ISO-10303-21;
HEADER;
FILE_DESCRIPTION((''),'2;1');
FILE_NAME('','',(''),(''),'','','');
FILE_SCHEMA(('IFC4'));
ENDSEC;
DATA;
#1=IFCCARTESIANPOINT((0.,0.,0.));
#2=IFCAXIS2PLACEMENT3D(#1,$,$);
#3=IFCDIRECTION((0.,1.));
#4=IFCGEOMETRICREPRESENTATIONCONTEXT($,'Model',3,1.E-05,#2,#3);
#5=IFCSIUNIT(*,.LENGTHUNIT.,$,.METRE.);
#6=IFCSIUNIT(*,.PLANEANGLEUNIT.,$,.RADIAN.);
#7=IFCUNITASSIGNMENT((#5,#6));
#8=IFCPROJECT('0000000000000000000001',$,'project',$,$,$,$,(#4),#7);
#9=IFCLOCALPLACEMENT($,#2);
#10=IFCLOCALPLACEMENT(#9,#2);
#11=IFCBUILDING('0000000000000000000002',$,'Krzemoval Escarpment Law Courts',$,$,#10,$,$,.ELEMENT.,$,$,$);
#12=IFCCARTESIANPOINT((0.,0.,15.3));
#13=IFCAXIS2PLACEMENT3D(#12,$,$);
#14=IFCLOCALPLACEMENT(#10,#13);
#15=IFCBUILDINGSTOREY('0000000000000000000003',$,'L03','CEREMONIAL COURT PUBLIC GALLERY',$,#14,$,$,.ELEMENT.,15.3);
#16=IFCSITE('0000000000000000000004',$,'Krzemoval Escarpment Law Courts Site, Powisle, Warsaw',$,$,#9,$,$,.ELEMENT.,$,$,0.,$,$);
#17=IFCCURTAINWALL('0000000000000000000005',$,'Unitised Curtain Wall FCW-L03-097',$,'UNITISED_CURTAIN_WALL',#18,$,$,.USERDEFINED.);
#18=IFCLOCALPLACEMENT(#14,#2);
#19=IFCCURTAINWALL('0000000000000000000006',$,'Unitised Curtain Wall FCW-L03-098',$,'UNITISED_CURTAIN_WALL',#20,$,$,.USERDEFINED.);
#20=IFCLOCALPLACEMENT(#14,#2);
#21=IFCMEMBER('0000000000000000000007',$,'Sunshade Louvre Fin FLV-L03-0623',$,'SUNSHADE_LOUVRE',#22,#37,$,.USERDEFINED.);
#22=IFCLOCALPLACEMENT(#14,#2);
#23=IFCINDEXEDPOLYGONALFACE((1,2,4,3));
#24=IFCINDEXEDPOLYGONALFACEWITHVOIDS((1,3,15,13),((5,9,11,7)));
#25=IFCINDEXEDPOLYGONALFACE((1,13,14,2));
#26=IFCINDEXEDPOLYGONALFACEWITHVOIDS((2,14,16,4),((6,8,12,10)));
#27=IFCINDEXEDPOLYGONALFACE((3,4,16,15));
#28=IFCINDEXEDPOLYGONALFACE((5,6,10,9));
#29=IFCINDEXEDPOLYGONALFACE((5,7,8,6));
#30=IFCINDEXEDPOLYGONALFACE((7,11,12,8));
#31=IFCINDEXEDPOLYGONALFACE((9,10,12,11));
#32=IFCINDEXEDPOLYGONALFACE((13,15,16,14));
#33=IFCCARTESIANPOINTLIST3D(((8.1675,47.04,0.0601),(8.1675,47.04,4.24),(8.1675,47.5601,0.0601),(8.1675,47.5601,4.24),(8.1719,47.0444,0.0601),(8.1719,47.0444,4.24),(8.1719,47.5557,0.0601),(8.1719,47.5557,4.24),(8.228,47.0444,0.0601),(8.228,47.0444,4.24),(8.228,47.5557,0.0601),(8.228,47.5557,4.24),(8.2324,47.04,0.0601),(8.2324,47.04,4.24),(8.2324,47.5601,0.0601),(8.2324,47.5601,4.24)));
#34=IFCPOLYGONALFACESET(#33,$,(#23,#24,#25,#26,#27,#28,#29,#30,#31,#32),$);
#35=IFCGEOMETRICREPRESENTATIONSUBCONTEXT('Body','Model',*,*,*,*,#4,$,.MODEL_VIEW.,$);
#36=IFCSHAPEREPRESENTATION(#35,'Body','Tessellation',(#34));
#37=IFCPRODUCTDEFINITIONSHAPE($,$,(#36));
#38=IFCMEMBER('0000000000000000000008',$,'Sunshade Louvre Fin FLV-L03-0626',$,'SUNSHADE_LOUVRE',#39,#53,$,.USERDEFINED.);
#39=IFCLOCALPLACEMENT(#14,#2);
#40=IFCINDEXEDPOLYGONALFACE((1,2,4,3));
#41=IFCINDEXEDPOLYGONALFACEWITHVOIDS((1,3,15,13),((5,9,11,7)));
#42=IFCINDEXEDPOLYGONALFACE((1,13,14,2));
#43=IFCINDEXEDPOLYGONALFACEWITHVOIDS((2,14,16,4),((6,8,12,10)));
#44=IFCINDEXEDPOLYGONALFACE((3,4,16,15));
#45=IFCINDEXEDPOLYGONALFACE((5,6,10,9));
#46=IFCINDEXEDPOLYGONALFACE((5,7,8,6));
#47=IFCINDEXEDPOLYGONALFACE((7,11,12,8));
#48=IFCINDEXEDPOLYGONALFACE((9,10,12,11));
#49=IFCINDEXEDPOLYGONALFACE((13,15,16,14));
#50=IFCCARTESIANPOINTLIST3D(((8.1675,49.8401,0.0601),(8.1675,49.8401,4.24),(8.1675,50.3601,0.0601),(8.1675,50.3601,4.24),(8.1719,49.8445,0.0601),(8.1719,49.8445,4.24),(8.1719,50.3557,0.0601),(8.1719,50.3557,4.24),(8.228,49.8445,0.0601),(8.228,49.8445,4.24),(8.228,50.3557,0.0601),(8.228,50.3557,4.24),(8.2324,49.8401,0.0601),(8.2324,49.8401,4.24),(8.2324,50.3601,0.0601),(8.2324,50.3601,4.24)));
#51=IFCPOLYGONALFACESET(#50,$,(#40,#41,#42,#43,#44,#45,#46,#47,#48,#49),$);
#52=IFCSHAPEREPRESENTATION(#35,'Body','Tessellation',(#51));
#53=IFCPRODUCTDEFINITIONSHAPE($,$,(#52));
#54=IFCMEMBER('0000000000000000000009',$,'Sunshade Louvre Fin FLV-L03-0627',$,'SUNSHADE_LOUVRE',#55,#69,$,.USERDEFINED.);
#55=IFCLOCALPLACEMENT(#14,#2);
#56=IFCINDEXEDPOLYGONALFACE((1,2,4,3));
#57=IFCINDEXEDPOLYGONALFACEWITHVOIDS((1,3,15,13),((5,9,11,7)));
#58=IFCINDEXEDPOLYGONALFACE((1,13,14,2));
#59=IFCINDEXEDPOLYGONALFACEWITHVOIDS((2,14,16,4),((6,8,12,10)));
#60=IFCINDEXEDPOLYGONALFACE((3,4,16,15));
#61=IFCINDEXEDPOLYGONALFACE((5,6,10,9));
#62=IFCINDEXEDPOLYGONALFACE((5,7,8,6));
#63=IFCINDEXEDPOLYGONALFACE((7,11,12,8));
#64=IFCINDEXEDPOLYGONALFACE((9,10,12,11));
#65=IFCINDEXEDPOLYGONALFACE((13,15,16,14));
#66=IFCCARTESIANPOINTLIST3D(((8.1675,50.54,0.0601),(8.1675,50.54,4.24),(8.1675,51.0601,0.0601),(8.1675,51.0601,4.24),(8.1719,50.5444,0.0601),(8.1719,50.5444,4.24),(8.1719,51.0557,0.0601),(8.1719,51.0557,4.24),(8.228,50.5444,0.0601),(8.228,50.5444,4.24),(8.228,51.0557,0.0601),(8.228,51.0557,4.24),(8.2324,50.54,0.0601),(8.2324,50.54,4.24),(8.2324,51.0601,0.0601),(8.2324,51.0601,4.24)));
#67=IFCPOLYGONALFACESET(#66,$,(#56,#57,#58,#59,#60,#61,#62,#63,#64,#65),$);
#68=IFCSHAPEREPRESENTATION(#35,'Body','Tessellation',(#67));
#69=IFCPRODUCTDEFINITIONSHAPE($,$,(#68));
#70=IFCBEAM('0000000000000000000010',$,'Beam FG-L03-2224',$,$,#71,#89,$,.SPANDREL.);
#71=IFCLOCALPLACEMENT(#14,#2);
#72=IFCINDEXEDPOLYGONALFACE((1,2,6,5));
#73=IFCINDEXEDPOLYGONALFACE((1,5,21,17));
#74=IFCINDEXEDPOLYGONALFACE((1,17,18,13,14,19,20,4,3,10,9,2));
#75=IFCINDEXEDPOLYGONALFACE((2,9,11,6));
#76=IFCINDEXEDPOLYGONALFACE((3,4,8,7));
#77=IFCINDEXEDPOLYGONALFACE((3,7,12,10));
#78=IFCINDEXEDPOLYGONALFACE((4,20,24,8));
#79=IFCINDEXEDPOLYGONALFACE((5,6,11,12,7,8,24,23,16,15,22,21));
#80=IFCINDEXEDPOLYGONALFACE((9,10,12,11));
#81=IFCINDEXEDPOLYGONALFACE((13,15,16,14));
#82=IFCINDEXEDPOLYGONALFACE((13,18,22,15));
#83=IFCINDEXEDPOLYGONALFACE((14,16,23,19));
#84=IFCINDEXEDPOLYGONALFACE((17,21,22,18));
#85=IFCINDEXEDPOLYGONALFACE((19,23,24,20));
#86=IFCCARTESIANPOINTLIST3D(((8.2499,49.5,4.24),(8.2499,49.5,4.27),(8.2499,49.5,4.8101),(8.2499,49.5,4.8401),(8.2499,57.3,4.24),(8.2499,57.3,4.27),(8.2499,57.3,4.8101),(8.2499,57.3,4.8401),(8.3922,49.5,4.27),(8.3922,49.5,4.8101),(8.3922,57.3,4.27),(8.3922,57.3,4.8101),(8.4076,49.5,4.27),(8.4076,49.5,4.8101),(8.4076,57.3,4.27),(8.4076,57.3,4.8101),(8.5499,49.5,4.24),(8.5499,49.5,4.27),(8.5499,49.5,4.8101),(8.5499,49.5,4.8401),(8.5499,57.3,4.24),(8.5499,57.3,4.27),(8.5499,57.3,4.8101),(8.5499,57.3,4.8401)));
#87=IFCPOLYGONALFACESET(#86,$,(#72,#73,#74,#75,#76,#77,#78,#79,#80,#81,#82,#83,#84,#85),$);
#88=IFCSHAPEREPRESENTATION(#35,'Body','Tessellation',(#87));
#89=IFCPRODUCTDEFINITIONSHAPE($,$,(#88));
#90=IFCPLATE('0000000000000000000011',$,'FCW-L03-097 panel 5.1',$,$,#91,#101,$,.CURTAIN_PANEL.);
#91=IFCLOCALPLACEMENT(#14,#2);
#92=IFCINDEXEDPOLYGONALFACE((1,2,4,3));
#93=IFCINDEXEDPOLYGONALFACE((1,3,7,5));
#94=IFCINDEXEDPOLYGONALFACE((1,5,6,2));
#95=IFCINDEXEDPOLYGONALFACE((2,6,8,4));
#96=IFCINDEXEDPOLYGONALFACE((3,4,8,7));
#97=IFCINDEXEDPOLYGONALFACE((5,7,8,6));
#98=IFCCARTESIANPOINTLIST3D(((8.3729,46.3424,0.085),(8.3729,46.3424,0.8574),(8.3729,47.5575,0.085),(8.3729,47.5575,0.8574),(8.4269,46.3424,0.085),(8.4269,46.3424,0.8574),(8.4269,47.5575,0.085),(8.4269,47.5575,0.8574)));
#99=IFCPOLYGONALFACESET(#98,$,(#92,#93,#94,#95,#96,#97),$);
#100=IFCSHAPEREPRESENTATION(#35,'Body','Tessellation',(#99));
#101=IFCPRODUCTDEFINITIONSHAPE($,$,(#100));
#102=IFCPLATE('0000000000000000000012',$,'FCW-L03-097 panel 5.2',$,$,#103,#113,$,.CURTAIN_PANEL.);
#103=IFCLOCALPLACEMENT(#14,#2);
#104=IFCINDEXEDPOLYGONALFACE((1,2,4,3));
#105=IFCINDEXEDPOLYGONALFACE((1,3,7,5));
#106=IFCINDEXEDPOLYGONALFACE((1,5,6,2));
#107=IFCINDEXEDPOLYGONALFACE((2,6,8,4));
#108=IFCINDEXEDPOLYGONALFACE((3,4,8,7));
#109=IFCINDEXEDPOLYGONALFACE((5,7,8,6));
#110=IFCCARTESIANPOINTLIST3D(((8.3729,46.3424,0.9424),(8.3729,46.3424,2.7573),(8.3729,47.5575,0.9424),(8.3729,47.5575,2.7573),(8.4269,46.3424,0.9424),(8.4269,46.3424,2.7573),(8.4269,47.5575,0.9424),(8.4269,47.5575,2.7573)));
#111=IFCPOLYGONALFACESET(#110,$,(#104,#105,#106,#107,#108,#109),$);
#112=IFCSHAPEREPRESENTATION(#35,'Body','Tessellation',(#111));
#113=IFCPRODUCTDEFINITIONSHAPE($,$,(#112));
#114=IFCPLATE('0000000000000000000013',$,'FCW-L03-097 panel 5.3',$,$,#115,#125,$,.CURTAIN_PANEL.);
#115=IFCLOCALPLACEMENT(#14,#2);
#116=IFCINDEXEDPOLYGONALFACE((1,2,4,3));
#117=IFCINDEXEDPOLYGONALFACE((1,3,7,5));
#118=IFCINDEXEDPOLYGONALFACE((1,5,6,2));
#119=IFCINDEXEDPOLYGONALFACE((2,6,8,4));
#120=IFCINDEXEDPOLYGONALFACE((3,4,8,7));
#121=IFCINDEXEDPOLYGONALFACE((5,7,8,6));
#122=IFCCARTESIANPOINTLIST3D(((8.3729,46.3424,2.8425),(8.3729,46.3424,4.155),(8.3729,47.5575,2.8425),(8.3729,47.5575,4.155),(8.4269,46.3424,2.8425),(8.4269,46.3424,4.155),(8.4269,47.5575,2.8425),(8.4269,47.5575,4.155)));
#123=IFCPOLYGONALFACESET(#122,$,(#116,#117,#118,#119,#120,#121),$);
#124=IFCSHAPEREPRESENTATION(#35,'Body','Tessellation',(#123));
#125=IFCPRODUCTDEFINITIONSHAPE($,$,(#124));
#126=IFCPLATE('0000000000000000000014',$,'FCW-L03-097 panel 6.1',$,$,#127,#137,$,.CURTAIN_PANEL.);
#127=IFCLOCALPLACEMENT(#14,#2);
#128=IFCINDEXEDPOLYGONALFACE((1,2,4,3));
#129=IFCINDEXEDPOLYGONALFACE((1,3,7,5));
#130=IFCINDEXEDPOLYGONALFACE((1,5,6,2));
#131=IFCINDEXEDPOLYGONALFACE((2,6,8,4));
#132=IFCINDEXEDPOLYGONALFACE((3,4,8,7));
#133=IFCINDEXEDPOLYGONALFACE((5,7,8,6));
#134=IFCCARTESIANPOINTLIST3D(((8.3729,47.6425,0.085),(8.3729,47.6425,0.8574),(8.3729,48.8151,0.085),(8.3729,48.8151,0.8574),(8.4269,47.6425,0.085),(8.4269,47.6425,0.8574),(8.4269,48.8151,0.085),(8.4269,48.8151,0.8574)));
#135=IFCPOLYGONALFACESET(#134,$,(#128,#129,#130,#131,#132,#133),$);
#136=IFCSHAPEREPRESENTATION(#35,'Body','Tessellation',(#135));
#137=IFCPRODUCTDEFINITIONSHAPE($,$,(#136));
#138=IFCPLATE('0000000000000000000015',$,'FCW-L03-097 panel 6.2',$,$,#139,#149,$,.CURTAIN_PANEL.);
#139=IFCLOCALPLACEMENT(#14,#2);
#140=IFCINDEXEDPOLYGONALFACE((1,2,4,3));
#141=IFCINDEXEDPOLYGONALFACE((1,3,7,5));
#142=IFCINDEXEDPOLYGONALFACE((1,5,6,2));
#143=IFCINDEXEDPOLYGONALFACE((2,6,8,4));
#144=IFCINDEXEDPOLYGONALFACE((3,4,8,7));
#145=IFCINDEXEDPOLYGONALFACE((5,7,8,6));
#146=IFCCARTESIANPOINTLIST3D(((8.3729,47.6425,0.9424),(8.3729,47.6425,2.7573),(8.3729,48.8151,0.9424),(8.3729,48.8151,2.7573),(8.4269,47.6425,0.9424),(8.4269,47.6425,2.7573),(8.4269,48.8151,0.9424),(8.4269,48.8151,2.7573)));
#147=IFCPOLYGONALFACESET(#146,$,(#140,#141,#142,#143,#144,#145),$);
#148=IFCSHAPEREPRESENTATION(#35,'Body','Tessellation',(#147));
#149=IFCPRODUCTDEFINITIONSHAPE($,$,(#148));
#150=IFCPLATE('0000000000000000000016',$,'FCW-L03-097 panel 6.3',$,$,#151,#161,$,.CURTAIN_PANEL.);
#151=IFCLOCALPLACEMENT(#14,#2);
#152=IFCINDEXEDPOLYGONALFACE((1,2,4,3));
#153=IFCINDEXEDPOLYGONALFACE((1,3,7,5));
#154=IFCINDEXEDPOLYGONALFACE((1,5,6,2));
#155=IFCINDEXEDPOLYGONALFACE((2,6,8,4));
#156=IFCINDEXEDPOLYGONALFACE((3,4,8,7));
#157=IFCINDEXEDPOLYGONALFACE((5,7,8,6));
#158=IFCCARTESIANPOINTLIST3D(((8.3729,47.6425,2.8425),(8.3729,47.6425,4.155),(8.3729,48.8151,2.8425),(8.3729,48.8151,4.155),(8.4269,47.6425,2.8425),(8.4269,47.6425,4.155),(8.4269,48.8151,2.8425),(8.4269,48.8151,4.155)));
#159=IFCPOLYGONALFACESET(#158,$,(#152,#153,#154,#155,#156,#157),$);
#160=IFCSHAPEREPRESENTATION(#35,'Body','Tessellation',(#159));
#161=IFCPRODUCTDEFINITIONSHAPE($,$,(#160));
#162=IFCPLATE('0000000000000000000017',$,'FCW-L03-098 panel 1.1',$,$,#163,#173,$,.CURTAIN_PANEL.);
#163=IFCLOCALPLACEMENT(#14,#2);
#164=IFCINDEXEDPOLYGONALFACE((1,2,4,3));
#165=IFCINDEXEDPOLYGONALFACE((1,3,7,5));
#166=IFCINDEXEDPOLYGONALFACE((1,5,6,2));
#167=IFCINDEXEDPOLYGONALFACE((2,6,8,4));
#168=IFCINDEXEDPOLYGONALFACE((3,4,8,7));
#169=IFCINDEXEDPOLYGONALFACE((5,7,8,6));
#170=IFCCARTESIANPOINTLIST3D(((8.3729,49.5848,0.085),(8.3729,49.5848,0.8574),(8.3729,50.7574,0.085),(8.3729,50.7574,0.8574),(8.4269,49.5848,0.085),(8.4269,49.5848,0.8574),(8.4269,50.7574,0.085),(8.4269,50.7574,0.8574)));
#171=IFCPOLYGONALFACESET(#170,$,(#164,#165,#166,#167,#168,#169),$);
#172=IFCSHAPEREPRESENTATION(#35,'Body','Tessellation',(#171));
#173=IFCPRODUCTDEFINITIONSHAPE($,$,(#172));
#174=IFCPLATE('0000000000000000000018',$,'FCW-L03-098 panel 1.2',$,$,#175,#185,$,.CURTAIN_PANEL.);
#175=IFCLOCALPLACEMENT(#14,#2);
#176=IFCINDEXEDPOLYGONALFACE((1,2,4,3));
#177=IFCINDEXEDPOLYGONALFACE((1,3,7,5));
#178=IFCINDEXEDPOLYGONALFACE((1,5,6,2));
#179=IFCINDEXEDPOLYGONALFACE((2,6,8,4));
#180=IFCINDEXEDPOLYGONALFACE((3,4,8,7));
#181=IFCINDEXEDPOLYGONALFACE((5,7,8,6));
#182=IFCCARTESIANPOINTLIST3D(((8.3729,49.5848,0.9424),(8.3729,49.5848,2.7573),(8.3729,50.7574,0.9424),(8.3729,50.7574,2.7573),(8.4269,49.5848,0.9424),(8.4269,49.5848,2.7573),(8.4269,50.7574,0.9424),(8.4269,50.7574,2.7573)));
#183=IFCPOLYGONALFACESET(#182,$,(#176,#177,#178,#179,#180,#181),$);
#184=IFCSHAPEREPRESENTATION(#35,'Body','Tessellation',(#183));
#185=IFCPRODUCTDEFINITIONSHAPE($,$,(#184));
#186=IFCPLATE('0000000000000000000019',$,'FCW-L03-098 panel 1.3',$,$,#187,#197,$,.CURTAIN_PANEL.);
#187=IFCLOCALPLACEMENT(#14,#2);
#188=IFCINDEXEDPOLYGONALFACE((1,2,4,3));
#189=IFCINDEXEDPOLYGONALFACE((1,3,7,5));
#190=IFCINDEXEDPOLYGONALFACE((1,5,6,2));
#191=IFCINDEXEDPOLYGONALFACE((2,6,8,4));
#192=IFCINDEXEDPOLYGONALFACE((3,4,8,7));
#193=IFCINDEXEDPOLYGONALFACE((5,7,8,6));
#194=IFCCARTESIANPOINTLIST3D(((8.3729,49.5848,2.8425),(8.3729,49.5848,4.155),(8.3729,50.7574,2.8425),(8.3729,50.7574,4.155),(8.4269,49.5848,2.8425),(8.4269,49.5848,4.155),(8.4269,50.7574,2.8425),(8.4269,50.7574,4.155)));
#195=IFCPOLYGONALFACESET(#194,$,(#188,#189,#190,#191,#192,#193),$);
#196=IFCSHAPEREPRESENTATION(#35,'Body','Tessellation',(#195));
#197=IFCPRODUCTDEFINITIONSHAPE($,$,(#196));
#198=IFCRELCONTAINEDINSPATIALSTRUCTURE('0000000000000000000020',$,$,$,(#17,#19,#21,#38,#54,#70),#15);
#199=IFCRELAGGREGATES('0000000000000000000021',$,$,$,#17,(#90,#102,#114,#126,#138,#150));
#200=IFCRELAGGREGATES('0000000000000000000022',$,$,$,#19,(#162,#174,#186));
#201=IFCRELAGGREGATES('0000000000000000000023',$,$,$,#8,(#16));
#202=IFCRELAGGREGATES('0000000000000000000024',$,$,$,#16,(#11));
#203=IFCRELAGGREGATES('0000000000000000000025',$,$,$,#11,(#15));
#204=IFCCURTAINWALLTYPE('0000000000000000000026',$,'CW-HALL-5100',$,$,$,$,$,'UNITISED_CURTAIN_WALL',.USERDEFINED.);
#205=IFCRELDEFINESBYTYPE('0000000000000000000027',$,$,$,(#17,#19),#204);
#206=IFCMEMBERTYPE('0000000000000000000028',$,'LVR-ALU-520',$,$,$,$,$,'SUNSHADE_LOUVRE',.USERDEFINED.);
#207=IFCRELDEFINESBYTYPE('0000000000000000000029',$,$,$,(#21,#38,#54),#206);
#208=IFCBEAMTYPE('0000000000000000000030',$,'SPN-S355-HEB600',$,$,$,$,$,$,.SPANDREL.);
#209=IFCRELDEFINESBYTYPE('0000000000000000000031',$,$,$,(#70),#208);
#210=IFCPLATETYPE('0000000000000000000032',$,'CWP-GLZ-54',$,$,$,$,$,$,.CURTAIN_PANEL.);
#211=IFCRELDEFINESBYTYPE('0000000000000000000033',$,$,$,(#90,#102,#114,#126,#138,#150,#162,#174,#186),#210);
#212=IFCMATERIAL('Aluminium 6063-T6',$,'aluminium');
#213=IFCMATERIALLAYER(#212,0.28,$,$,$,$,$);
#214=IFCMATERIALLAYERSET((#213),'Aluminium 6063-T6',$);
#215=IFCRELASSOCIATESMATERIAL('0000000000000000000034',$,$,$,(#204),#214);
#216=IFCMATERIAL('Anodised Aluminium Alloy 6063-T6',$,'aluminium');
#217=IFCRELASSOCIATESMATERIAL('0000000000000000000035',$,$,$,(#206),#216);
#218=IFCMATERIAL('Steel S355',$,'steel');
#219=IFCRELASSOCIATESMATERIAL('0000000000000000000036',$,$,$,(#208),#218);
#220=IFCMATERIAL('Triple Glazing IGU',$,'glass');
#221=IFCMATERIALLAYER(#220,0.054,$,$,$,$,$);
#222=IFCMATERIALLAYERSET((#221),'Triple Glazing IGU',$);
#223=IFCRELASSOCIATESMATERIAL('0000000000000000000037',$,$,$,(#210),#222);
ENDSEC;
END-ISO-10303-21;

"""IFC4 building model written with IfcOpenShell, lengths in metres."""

from ifc_helpers import new_model, si_unit, direction, frame, origin, origin_2d, place, context, subcontext, project, spatial, rectangle, hollow_rectangle, i_section, extrude, material, layer, layer_set, material_profile, profile_set, type_object, element, aggregate, save


model = new_model("IFC4")

# Units and contexts
model_context = context("Model", 3, precision=1e-05, world=origin(), true_north=direction((0.0, 1.0)))
body_context = subcontext(model_context, "Body", "Model", "MODEL_VIEW")
ifc_project = project(units=[si_unit("LENGTHUNIT", "METRE"), si_unit("PLANEANGLEUNIT", "RADIAN")], contexts=[model_context])

# Site, building, storey
site_placement = place(None, origin())
site = spatial("IfcSite", under=ifc_project, at=site_placement, Name="Krzemoval Escarpment Law Courts Site, Powisle, Warsaw", CompositionType="ELEMENT", RefElevation=0.0)
building_placement = place(site_placement, origin())
building = spatial("IfcBuilding", under=site, at=building_placement, Name="Krzemoval Escarpment Law Courts", CompositionType="ELEMENT")
storey_placement = place(building_placement, frame((0.0, 0.0, 15.3)))
storey = spatial("IfcBuildingStorey", under=building, at=storey_placement, Name="L03", Description="CEREMONIAL COURT PUBLIC GALLERY", CompositionType="ELEMENT", Elevation=15.3)

# Curtain walls
ifc_material_1 = material(Name="Aluminium 6063-T6", Category="aluminium")
ifc_layer_1 = layer(ifc_material_1, 0.28)
ifc_layer_set_1 = layer_set([ifc_layer_1], Name="Aluminium 6063-T6")
curtain_wall_type = type_object("IfcCurtainWallType", Name="CW-HALL-5100", ElementType="UNITISED_CURTAIN_WALL", PredefinedType="USERDEFINED", material=ifc_layer_set_1)
curtain_wall_1_placement = place(storey_placement, origin())
curtain_wall_1 = element("IfcCurtainWall", 1, at=curtain_wall_1_placement, inside=storey, type_object=curtain_wall_type, Name="Unitised Curtain Wall FCW-L03-097", ObjectType="UNITISED_CURTAIN_WALL", PredefinedType="USERDEFINED")
curtain_wall_2_placement = place(storey_placement, origin())
curtain_wall_2 = element("IfcCurtainWall", 2, at=curtain_wall_2_placement, inside=storey, type_object=curtain_wall_type, Name="Unitised Curtain Wall FCW-L03-098", ObjectType="UNITISED_CURTAIN_WALL", PredefinedType="USERDEFINED")

# Members
ifc_material_2 = material(Name="Anodised Aluminium Alloy 6063-T6", Category="aluminium")
ifc_material_profile_1 = material_profile(ifc_material_2, hollow_rectangle(XDim=0.0649, YDim=0.52, WallThickness=0.0044, at=origin_2d()), Name="ALU LVR 65x520")
ifc_profile_set_1 = profile_set([ifc_material_profile_1], Name="Anodised Aluminium Alloy 6063-T6")
member_type_1 = type_object("IfcMemberType", Name="LVR-ALU-520", ElementType="SUNSHADE_LOUVRE", PredefinedType="USERDEFINED", material=ifc_profile_set_1)
for number, where, z_axis, x_axis, name in (
    (3, (8.2, 47.3, 0.0601), (0.0, 0.0, 1.0), (1.0, 0.0, 0.0), "Sunshade Louvre Fin FLV-L03-0623"),
    (4, (8.2, 50.1001, 0.0601), (0.0, 0.0, 1.0), (1.0, 0.0, 0.0), "Sunshade Louvre Fin FLV-L03-0626"),
    (5, (8.2, 50.8, 0.0601), (0.0, 0.0, 1.0), (1.0, 0.0, 0.0), "Sunshade Louvre Fin FLV-L03-0627"),
):
    element("IfcMember", number, at=place(storey_placement, frame(where, z_axis=z_axis, x_axis=x_axis)), inside=storey, type_object=member_type_1, Name=name, ObjectType="SUNSHADE_LOUVRE", PredefinedType="USERDEFINED", context=body_context, shape_type="SweptSolid", body=[
        extrude(hollow_rectangle(XDim=0.0649, YDim=0.52, WallThickness=0.0044, at=origin_2d()), origin(), (0.0, 0.0, 1.0), 4.1799),
    ])

# Beam
ifc_material_3 = material(Name="Steel S355", Category="steel")
ifc_material_profile_2 = material_profile(ifc_material_3, i_section(OverallWidth=0.3, OverallDepth=0.6001, WebThickness=0.0154, FlangeThickness=0.03, at=origin_2d()), Name="HEB 600")
ifc_profile_set_2 = profile_set([ifc_material_profile_2], Name="Steel S355")
beam_type_1 = type_object("IfcBeamType", Name="SPN-S355-HEB600", PredefinedType="SPANDREL", material=ifc_profile_set_2)
beam_1_placement = place(storey_placement, frame((8.3999, 49.5, 4.54), z_axis=(0.0, 1.0, 0.0), x_axis=(-1.0, 0.0, 0.0)))
element("IfcBeam", 6, at=beam_1_placement, inside=storey, type_object=beam_type_1, Name="Beam FG-L03-2224", PredefinedType="SPANDREL", context=body_context, shape_type="SweptSolid", body=[
    extrude(i_section(OverallWidth=0.3, OverallDepth=0.6001, WebThickness=0.0154, FlangeThickness=0.03, at=origin_2d()), origin(), (0.0, 0.0, 1.0), 7.8),
])

# Plates
ifc_material_4 = material(Name="Triple Glazing IGU", Category="glass")
ifc_layer_2 = layer(ifc_material_4, 0.054)
ifc_layer_set_2 = layer_set([ifc_layer_2], Name="Triple Glazing IGU")
plate_type = type_object("IfcPlateType", Name="CWP-GLZ-54", PredefinedType="CURTAIN_PANEL", material=ifc_layer_set_2)
plate_1_placement = place(storey_placement, frame((8.3999, 46.95, 0.085), z_axis=(0.0, 0.0, 1.0), x_axis=(0.0, 1.0, 0.0)))
plate_1 = element("IfcPlate", 7, at=plate_1_placement, type_object=plate_type, Name="FCW-L03-097 panel 5.1", PredefinedType="CURTAIN_PANEL", context=body_context, shape_type="SweptSolid", body=[
    extrude(rectangle(XDim=1.2151, YDim=0.054, at=origin_2d()), origin(), (0.0, 0.0, 1.0), 0.7725),
])
plate_2_placement = place(storey_placement, frame((8.3999, 46.95, 0.9424), z_axis=(0.0, 0.0, 1.0), x_axis=(0.0, 1.0, 0.0)))
plate_2 = element("IfcPlate", 8, at=plate_2_placement, type_object=plate_type, Name="FCW-L03-097 panel 5.2", PredefinedType="CURTAIN_PANEL", context=body_context, shape_type="SweptSolid", body=[
    extrude(rectangle(XDim=1.2151, YDim=0.054, at=origin_2d()), origin(), (0.0, 0.0, 1.0), 1.8149),
])
plate_3_placement = place(storey_placement, frame((8.3999, 46.95, 2.8425), z_axis=(0.0, 0.0, 1.0), x_axis=(0.0, 1.0, 0.0)))
plate_3 = element("IfcPlate", 9, at=plate_3_placement, type_object=plate_type, Name="FCW-L03-097 panel 5.3", PredefinedType="CURTAIN_PANEL", context=body_context, shape_type="SweptSolid", body=[
    extrude(rectangle(XDim=1.2151, YDim=0.054, at=origin_2d()), origin(), (0.0, 0.0, 1.0), 1.3125),
])
plate_4_placement = place(storey_placement, frame((8.3999, 48.2288, 0.085), z_axis=(0.0, 0.0, 1.0), x_axis=(0.0, 1.0, 0.0)))
plate_4 = element("IfcPlate", 10, at=plate_4_placement, type_object=plate_type, Name="FCW-L03-097 panel 6.1", PredefinedType="CURTAIN_PANEL", context=body_context, shape_type="SweptSolid", body=[
    extrude(rectangle(XDim=1.1726, YDim=0.054, at=origin_2d()), origin(), (0.0, 0.0, 1.0), 0.7725),
])
plate_5_placement = place(storey_placement, frame((8.3999, 48.2288, 0.9424), z_axis=(0.0, 0.0, 1.0), x_axis=(0.0, 1.0, 0.0)))
plate_5 = element("IfcPlate", 11, at=plate_5_placement, type_object=plate_type, Name="FCW-L03-097 panel 6.2", PredefinedType="CURTAIN_PANEL", context=body_context, shape_type="SweptSolid", body=[
    extrude(rectangle(XDim=1.1726, YDim=0.054, at=origin_2d()), origin(), (0.0, 0.0, 1.0), 1.8149),
])
plate_6_placement = place(storey_placement, frame((8.3999, 48.2288, 2.8425), z_axis=(0.0, 0.0, 1.0), x_axis=(0.0, 1.0, 0.0)))
plate_6 = element("IfcPlate", 12, at=plate_6_placement, type_object=plate_type, Name="FCW-L03-097 panel 6.3", PredefinedType="CURTAIN_PANEL", context=body_context, shape_type="SweptSolid", body=[
    extrude(rectangle(XDim=1.1726, YDim=0.054, at=origin_2d()), origin(), (0.0, 0.0, 1.0), 1.3125),
])
aggregate(curtain_wall_1, [plate_1, plate_2, plate_3, plate_4, plate_5, plate_6])
plate_7_placement = place(storey_placement, frame((8.3999, 50.1711, 0.085), z_axis=(0.0, 0.0, 1.0), x_axis=(0.0, 1.0, 0.0)))
plate_7 = element("IfcPlate", 13, at=plate_7_placement, type_object=plate_type, Name="FCW-L03-098 panel 1.1", PredefinedType="CURTAIN_PANEL", context=body_context, shape_type="SweptSolid", body=[
    extrude(rectangle(XDim=1.1726, YDim=0.054, at=origin_2d()), origin(), (0.0, 0.0, 1.0), 0.7725),
])
plate_8_placement = place(storey_placement, frame((8.3999, 50.1711, 0.9424), z_axis=(0.0, 0.0, 1.0), x_axis=(0.0, 1.0, 0.0)))
plate_8 = element("IfcPlate", 14, at=plate_8_placement, type_object=plate_type, Name="FCW-L03-098 panel 1.2", PredefinedType="CURTAIN_PANEL", context=body_context, shape_type="SweptSolid", body=[
    extrude(rectangle(XDim=1.1726, YDim=0.054, at=origin_2d()), origin(), (0.0, 0.0, 1.0), 1.8149),
])
plate_9_placement = place(storey_placement, frame((8.3999, 50.1711, 2.8425), z_axis=(0.0, 0.0, 1.0), x_axis=(0.0, 1.0, 0.0)))
plate_9 = element("IfcPlate", 15, at=plate_9_placement, type_object=plate_type, Name="FCW-L03-098 panel 1.3", PredefinedType="CURTAIN_PANEL", context=body_context, shape_type="SweptSolid", body=[
    extrude(rectangle(XDim=1.1726, YDim=0.054, at=origin_2d()), origin(), (0.0, 0.0, 1.0), 1.3125),
])
aggregate(curtain_wall_2, [plate_7, plate_8, plate_9])

save(model, "model.ifc")
